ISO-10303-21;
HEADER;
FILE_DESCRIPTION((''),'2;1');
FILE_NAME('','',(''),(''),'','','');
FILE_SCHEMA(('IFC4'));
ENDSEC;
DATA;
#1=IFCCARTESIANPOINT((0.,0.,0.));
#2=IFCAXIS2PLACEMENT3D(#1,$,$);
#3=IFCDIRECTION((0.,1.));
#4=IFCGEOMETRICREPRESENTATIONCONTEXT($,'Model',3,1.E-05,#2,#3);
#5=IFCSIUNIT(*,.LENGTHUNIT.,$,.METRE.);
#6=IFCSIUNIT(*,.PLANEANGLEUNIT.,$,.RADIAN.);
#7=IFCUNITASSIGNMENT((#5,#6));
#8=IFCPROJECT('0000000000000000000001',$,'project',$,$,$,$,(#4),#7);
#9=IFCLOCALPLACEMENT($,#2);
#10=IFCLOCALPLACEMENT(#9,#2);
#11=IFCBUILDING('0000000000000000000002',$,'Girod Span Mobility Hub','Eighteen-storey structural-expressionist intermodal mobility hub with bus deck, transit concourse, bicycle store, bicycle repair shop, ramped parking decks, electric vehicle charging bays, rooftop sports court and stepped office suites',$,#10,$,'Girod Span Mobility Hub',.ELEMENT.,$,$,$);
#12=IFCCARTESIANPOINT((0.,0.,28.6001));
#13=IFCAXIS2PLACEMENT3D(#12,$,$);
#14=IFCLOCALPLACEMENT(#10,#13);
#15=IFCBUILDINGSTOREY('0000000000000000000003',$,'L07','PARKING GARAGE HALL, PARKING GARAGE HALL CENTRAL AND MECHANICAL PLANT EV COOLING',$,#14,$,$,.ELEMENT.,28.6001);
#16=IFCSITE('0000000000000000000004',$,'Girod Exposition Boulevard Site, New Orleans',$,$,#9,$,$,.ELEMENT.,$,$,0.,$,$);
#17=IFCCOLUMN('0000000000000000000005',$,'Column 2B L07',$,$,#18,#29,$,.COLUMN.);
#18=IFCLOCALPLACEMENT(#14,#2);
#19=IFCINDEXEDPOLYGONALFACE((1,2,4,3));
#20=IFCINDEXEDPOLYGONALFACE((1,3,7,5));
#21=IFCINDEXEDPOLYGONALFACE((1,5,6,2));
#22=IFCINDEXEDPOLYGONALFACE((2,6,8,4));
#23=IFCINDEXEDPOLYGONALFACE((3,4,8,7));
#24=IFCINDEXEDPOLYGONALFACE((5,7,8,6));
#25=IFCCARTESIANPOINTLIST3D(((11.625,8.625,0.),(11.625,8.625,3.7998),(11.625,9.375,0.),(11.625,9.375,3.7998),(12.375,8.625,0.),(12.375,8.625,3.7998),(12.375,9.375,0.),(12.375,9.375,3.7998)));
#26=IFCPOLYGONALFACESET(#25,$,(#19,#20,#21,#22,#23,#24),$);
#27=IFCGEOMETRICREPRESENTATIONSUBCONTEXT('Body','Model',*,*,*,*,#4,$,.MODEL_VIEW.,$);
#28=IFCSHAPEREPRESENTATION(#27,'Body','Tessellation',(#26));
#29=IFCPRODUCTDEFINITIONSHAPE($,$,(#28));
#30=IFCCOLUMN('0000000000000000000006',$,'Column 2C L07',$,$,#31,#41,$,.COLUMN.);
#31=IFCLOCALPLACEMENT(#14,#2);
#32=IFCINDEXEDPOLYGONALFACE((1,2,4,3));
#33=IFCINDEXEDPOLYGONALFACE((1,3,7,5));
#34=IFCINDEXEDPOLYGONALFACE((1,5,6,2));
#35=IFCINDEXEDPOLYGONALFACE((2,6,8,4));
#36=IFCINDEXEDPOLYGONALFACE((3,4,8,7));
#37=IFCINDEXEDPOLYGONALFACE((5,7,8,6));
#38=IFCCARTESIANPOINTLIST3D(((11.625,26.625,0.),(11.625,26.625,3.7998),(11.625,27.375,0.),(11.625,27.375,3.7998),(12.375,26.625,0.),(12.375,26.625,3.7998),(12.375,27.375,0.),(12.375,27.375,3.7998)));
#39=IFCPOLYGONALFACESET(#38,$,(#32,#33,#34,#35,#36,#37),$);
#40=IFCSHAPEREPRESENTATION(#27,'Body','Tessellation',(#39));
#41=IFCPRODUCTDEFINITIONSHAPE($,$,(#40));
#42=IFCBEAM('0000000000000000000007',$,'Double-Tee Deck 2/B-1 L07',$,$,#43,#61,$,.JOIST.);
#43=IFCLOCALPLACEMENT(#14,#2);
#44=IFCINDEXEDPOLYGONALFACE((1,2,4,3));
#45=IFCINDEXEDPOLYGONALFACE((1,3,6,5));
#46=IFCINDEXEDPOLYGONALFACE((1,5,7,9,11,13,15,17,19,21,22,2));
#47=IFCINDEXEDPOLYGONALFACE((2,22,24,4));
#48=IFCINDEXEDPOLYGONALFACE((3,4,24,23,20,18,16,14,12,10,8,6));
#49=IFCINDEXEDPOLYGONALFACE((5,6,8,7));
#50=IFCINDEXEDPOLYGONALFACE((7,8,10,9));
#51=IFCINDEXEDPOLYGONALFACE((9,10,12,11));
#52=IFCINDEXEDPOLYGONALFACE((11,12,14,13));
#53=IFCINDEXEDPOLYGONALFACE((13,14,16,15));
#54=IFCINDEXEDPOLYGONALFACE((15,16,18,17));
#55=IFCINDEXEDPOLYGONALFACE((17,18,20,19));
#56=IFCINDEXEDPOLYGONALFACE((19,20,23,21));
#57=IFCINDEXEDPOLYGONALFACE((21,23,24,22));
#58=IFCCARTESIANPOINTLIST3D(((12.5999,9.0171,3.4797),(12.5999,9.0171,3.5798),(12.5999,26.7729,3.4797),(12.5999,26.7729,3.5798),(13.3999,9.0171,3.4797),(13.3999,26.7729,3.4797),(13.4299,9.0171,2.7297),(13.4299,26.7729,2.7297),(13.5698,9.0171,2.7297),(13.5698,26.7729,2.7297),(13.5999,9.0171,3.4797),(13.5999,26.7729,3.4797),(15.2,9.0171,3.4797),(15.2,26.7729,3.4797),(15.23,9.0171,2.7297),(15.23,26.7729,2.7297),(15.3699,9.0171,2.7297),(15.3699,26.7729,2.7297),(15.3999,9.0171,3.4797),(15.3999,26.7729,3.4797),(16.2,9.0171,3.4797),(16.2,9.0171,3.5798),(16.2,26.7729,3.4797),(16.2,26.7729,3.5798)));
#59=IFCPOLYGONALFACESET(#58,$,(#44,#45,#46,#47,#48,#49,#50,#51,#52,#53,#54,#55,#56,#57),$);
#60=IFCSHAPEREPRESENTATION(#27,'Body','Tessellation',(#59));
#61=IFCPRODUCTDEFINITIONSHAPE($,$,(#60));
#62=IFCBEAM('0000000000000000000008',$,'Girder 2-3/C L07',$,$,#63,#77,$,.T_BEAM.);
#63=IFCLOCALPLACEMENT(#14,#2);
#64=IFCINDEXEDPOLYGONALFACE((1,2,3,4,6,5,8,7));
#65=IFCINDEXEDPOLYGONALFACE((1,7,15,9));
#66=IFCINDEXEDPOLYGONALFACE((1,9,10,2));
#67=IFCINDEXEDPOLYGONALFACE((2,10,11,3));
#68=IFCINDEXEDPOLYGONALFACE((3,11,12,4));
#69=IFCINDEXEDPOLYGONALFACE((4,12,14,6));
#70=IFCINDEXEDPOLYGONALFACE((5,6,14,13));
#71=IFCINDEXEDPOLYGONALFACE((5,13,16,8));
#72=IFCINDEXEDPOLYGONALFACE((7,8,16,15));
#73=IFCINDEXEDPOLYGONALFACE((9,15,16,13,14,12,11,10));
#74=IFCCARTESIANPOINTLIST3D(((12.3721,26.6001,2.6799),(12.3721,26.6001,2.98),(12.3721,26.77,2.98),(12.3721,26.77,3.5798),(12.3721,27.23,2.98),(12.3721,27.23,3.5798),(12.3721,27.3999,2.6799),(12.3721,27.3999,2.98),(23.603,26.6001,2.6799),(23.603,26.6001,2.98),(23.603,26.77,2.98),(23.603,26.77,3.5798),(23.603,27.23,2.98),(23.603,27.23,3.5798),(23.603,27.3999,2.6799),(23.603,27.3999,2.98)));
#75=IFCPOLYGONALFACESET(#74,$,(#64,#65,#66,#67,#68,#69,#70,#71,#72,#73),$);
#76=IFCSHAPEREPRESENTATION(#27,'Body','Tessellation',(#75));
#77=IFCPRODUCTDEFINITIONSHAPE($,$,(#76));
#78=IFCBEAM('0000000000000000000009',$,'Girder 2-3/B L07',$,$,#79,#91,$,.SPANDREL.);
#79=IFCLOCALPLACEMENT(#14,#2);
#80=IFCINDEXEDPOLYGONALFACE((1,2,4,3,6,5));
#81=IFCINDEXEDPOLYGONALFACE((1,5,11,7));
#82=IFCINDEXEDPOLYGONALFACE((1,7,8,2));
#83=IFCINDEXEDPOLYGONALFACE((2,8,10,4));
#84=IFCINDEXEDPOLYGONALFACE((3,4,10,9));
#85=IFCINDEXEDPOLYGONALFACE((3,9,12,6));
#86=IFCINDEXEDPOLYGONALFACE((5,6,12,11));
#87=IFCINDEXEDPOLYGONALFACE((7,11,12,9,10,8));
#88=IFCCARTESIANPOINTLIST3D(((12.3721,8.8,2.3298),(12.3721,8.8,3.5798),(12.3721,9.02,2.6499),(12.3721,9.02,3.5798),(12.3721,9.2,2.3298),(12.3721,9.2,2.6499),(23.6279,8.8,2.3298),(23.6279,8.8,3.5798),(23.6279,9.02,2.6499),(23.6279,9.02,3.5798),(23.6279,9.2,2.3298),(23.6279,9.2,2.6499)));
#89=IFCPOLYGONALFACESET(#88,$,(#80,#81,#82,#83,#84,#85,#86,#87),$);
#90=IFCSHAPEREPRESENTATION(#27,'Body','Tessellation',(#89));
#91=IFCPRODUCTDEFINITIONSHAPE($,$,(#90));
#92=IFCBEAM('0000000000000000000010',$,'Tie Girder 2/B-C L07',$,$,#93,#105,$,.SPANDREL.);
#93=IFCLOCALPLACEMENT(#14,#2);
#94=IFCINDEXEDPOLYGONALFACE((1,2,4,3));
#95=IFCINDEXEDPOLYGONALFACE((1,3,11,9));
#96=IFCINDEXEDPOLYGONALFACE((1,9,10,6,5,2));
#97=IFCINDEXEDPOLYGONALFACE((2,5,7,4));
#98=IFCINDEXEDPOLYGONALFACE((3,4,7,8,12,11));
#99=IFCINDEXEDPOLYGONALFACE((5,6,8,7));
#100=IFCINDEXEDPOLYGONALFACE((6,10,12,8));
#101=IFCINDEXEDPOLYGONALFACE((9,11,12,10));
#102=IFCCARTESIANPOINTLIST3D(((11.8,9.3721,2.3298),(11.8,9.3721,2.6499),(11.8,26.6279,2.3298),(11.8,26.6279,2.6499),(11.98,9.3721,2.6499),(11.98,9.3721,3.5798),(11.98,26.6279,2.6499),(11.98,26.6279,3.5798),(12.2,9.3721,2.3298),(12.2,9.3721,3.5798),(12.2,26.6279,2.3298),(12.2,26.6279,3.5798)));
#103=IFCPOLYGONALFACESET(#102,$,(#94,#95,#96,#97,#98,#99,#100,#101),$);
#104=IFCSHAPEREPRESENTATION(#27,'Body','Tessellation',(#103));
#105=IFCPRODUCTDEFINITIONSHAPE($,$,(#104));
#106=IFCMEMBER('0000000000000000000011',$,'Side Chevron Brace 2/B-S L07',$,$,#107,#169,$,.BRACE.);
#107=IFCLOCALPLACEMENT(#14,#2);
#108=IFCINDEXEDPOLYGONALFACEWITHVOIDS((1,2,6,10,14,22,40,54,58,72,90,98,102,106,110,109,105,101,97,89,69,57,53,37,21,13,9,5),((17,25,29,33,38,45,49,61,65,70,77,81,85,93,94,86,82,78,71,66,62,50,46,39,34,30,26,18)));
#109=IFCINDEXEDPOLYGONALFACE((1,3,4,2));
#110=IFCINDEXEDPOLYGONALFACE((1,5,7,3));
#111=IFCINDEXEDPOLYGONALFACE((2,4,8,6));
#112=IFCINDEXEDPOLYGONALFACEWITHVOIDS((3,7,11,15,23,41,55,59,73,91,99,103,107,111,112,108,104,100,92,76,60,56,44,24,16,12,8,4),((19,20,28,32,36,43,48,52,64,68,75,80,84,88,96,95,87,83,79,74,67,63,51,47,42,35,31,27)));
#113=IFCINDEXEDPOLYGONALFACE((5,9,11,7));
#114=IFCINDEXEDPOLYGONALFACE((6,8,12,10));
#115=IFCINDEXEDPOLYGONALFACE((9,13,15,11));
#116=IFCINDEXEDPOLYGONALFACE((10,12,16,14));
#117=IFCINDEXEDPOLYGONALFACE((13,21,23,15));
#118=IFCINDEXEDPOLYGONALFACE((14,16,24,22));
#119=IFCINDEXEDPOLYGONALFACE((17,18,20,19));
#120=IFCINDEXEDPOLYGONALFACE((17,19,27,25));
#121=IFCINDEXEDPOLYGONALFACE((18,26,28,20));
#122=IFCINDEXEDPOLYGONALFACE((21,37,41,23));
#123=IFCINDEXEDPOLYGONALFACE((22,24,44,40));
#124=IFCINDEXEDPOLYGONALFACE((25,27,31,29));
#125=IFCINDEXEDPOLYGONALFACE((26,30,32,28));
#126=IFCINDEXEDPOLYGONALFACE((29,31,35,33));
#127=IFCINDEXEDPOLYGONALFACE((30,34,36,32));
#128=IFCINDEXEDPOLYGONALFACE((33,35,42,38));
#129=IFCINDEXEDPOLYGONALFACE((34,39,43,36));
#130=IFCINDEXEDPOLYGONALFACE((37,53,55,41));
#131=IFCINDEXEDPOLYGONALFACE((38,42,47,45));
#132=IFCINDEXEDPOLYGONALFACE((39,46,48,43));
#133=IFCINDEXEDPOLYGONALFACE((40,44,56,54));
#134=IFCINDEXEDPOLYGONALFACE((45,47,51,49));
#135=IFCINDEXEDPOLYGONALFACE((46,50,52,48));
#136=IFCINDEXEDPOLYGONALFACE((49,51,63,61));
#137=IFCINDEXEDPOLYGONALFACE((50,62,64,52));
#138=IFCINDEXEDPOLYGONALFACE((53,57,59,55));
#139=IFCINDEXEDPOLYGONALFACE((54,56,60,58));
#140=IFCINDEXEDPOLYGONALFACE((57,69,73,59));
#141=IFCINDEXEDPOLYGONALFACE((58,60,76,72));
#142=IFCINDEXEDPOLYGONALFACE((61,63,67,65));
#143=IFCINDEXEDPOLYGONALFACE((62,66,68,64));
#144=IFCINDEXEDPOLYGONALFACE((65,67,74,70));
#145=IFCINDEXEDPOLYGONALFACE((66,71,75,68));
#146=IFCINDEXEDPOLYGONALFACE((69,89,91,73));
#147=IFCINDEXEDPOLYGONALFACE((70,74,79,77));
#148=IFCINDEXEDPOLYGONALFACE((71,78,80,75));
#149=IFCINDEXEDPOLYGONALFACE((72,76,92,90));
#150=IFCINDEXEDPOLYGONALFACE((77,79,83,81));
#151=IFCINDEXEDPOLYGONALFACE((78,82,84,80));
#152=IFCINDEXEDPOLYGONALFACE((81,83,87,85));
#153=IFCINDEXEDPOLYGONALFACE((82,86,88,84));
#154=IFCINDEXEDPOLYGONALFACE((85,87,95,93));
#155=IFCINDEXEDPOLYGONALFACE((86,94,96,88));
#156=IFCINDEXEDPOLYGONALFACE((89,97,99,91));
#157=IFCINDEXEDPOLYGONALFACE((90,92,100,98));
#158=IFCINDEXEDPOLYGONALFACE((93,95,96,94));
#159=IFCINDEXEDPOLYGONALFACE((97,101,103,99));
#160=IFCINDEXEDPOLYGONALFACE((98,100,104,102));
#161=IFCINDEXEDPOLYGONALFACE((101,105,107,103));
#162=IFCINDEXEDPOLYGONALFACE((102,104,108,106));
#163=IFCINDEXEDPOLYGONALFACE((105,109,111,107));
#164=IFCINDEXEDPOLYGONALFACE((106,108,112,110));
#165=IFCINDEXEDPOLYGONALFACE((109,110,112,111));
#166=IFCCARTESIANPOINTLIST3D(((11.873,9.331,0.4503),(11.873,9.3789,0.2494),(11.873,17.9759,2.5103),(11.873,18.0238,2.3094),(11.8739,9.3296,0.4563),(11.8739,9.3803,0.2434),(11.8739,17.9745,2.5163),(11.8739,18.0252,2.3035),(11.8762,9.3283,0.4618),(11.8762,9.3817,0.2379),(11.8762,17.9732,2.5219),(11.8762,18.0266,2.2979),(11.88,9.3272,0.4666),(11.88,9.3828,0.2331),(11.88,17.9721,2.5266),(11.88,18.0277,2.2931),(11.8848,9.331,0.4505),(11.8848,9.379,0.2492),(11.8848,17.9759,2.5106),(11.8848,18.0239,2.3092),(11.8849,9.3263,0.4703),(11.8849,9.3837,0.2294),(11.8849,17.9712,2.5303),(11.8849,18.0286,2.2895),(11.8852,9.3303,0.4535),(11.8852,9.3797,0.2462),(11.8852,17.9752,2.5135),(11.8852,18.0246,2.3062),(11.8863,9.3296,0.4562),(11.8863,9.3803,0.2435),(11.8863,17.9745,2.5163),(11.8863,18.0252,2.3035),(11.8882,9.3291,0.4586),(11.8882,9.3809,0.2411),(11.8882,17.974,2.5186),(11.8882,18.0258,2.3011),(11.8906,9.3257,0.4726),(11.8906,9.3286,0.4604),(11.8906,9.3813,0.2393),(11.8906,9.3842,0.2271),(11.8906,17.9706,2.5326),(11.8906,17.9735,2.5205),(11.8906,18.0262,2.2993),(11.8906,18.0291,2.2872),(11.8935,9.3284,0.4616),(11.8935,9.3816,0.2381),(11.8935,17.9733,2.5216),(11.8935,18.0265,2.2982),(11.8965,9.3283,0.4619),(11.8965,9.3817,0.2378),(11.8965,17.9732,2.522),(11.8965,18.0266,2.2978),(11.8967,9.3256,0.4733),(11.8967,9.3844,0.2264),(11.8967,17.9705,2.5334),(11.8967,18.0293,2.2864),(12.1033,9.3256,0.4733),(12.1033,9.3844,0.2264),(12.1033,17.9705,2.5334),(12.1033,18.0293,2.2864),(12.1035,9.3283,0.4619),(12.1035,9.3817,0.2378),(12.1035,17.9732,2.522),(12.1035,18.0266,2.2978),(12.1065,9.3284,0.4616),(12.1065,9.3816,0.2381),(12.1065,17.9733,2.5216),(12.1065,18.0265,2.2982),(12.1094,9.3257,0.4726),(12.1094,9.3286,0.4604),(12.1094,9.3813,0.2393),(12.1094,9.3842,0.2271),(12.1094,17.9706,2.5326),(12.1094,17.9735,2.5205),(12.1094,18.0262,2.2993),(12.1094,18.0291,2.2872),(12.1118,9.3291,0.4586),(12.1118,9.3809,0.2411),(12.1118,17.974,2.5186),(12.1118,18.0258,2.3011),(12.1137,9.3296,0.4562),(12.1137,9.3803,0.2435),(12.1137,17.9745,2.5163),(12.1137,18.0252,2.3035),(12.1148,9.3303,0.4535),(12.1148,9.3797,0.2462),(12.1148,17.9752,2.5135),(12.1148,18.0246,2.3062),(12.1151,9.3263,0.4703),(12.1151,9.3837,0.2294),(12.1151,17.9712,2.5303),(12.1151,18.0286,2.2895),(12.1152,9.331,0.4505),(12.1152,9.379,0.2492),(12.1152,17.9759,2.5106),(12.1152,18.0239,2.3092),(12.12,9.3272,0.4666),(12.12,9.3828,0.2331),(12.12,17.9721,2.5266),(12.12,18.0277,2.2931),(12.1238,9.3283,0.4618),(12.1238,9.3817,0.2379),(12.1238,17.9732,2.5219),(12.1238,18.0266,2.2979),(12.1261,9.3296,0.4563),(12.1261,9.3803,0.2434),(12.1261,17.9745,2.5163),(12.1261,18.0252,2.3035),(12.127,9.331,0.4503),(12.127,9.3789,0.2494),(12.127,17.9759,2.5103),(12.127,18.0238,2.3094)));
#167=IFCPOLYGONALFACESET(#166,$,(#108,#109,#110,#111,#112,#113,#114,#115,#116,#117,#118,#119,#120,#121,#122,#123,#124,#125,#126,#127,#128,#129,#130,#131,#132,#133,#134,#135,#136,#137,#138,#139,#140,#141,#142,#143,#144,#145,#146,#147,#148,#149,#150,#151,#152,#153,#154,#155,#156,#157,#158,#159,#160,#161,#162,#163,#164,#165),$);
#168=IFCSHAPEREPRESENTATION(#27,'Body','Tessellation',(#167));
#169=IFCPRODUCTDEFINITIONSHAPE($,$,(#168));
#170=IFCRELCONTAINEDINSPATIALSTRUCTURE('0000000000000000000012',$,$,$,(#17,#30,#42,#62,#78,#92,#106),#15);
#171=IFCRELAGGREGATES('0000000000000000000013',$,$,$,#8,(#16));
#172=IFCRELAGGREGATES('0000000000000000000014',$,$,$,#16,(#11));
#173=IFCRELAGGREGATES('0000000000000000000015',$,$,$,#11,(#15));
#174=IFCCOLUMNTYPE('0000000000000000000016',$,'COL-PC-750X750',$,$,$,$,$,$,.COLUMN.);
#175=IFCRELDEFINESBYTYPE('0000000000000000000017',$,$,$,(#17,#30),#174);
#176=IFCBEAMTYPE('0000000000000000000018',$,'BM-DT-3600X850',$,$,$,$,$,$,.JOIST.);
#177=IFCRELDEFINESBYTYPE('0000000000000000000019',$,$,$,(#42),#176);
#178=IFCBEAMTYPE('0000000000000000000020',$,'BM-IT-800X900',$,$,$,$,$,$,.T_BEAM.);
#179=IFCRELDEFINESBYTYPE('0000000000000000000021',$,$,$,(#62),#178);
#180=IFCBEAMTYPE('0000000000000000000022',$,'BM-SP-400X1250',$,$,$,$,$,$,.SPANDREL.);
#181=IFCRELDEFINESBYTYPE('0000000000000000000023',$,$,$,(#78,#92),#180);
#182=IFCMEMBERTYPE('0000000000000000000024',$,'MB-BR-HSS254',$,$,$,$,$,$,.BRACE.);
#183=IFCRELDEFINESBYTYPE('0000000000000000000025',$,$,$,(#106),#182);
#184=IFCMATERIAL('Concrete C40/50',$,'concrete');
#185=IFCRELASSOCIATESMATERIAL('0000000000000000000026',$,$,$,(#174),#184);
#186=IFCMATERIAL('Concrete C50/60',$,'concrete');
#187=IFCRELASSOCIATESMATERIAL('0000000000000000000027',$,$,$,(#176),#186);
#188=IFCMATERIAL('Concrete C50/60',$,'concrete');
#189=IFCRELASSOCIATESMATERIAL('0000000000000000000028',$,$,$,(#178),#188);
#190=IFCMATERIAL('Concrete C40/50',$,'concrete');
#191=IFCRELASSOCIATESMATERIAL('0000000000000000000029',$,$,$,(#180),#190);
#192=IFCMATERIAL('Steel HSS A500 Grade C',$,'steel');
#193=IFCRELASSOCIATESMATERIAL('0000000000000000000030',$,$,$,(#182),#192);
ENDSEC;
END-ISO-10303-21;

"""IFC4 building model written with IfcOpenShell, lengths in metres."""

from ifc_helpers import new_model, si_unit, direction, frame, origin, origin_2d, place, context, subcontext, project, spatial, polyline, rectangle, hollow_rectangle, outline, extrude, material, material_profile, profile_set, type_object, element, save


model = new_model("IFC4")

# Units and contexts
model_context = context("Model", 3, precision=1e-05, world=origin(), true_north=direction((0.0, 1.0)))
body_context = subcontext(model_context, "Body", "Model", "MODEL_VIEW")
ifc_project = project(units=[si_unit("LENGTHUNIT", "METRE"), si_unit("PLANEANGLEUNIT", "RADIAN")], contexts=[model_context])

# Site, building, storey
site_placement = place(None, origin())
site = spatial("IfcSite", under=ifc_project, at=site_placement, Name="Girod Exposition Boulevard Site, New Orleans", CompositionType="ELEMENT", RefElevation=0.0)
building_placement = place(site_placement, origin())
building = spatial("IfcBuilding", under=site, at=building_placement, Name="Girod Span Mobility Hub", Description="Eighteen-storey structural-expressionist intermodal mobility hub with bus deck, transit concourse, bicycle store, bicycle repair shop, ramped parking decks, electric vehicle charging bays, rooftop sports court and stepped office suites", LongName="Girod Span Mobility Hub", CompositionType="ELEMENT")
storey_placement = place(building_placement, frame((0.0, 0.0, 28.6001)))
storey = spatial("IfcBuildingStorey", under=building, at=storey_placement, Name="L07", Description="PARKING GARAGE HALL, PARKING GARAGE HALL CENTRAL AND MECHANICAL PLANT EV COOLING", CompositionType="ELEMENT", Elevation=28.6001)

# Columns
ifc_material_1 = material(Name="Concrete C40/50", Category="concrete")
ifc_material_profile_1 = material_profile(ifc_material_1, rectangle(XDim=0.75, YDim=0.75, at=origin_2d()), Name="PC-COL-750X750")
ifc_profile_set_1 = profile_set([ifc_material_profile_1], Name="Concrete C40/50")
column_type = type_object("IfcColumnType", Name="COL-PC-750X750", PredefinedType="COLUMN", material=ifc_profile_set_1)
for number, where, z_axis, x_axis, name in (
    (1, (12.0, 9.0, 0.0), (0.0, 0.0, 1.0), (1.0, 0.0, 0.0), "Column 2B L07"),
    (2, (12.0, 27.0, 0.0), (0.0, 0.0, 1.0), (1.0, 0.0, 0.0), "Column 2C L07"),
):
    element("IfcColumn", number, at=place(storey_placement, frame(where, z_axis=z_axis, x_axis=x_axis)), inside=storey, type_object=column_type, Name=name, PredefinedType="COLUMN", context=body_context, shape_type="SweptSolid", body=[
        extrude(rectangle(XDim=0.75, YDim=0.75, at=origin_2d()), origin(), (0.0, 0.0, 1.0), 3.7998),
    ])

# Beams
ifc_material_2 = material(Name="Concrete C50/60", Category="concrete")
ifc_material_profile_2 = material_profile(ifc_material_2, outline(polyline([(-1.8, 0.425), (-1.8, 0.325), (-1.0, 0.325), (-0.97, -0.425), (-0.8301, -0.425), (-0.8, 0.325), (0.8, 0.325), (0.8301, -0.425), (0.97, -0.425), (1.0, 0.325), (1.8, 0.325), (1.8, 0.425), (-1.8, 0.425)])), Name="DT-3600X850")
ifc_profile_set_2 = profile_set([ifc_material_profile_2], Name="Concrete C50/60")
beam_type_1 = type_object("IfcBeamType", Name="BM-DT-3600X850", PredefinedType="JOIST", material=ifc_profile_set_2)
beam_1_placement = place(storey_placement, frame((14.3999, 9.0171, 3.1548), z_axis=(0.0, 1.0, 0.0), x_axis=(-1.0, 0.0, 0.0)))
element("IfcBeam", 3, at=beam_1_placement, inside=storey, type_object=beam_type_1, Name="Double-Tee Deck 2/B-1 L07", PredefinedType="JOIST", context=body_context, shape_type="SweptSolid", body=[
    extrude(outline(polyline([(-1.8, 0.425), (-1.8, 0.325), (-1.0, 0.325), (-0.97, -0.425), (-0.8301, -0.425), (-0.8, 0.325), (0.8, 0.325), (0.8301, -0.425), (0.97, -0.425), (1.0, 0.325), (1.8, 0.325), (1.8, 0.425), (-1.8, 0.425)])), origin(), (0.0, 0.0, 1.0), 17.7559),
])
ifc_material_3 = material(Name="Concrete C50/60", Category="concrete")
ifc_material_profile_3 = material_profile(ifc_material_3, outline(polyline([(-0.3999, -0.45), (0.3999, -0.45), (0.3999, -0.1499), (0.23, -0.1499), (0.23, 0.45), (-0.23, 0.45), (-0.23, -0.1499), (-0.3999, -0.1499), (-0.3999, -0.45)])), Name="IT-800X900")
ifc_profile_set_3 = profile_set([ifc_material_profile_3], Name="Concrete C50/60")
beam_type_2 = type_object("IfcBeamType", Name="BM-IT-800X900", PredefinedType="T_BEAM", material=ifc_profile_set_3)
beam_2_placement = place(storey_placement, frame((12.3721, 27.0, 3.1299), z_axis=(1.0, 0.0, 0.0), x_axis=(0.0, 1.0, 0.0)))
element("IfcBeam", 4, at=beam_2_placement, inside=storey, type_object=beam_type_2, Name="Girder 2-3/C L07", PredefinedType="T_BEAM", context=body_context, shape_type="SweptSolid", body=[
    extrude(outline(polyline([(-0.3999, -0.45), (0.3999, -0.45), (0.3999, -0.1499), (0.23, -0.1499), (0.23, 0.45), (-0.23, 0.45), (-0.23, -0.1499), (-0.3999, -0.1499), (-0.3999, -0.45)])), origin(), (0.0, 0.0, 1.0), 11.231),
])
ifc_material_4 = material(Name="Concrete C40/50", Category="concrete")
ifc_material_profile_4 = material_profile(ifc_material_4, outline(polyline([(-0.2, -0.625), (0.2, -0.625), (0.2, -0.3049), (0.02, -0.3049), (0.02, 0.625), (-0.2, 0.625), (-0.2, -0.625)])), Name="SP-400X1250")
ifc_profile_set_4 = profile_set([ifc_material_profile_4], Name="Concrete C40/50")
beam_type_3 = type_object("IfcBeamType", Name="BM-SP-400X1250", PredefinedType="SPANDREL", material=ifc_profile_set_4)
beam_3_placement = place(storey_placement, frame((12.3721, 9.0, 2.9548), z_axis=(1.0, 0.0, 0.0), x_axis=(0.0, 1.0, 0.0)))
element("IfcBeam", 5, at=beam_3_placement, inside=storey, type_object=beam_type_3, Name="Girder 2-3/B L07", PredefinedType="SPANDREL", context=body_context, shape_type="SweptSolid", body=[
    extrude(outline(polyline([(-0.2, -0.625), (0.2, -0.625), (0.2, -0.3049), (0.02, -0.3049), (0.02, 0.625), (-0.2, 0.625), (-0.2, -0.625)])), origin(), (0.0, 0.0, 1.0), 11.2559),
])
beam_4_placement = place(storey_placement, frame((12.0, 9.3721, 2.9548), z_axis=(0.0, 1.0, 0.0), x_axis=(-1.0, 0.0, 0.0)))
element("IfcBeam", 6, at=beam_4_placement, inside=storey, type_object=beam_type_3, Name="Tie Girder 2/B-C L07", PredefinedType="SPANDREL", context=body_context, shape_type="SweptSolid", body=[
    extrude(outline(polyline([(-0.2, -0.625), (0.2, -0.625), (0.2, -0.3049), (0.02, -0.3049), (0.02, 0.625), (-0.2, 0.625), (-0.2, -0.625)])), origin(), (0.0, 0.0, 1.0), 17.2559),
])

# Member
ifc_material_5 = material(Name="Steel HSS A500 Grade C", Category="steel")
ifc_material_profile_5 = material_profile(ifc_material_5, hollow_rectangle(XDim=0.2539, YDim=0.2539, WallThickness=0.0117, InnerFilletRadius=0.0117, OuterFilletRadius=0.0237, at=origin_2d()), Name="HSS254X254X12.7")
ifc_profile_set_5 = profile_set([ifc_material_profile_5], Name="Steel HSS A500 Grade C")
member_type = type_object("IfcMemberType", Name="MB-BR-HSS254", PredefinedType="BRACE", material=ifc_profile_set_5)
for number, where, z_axis, x_axis, name in (
    (7, (12.0, 9.355, 0.3499), (0.0, 0.972763, 0.231804), (-1.0, 0.0, 0.0), "Side Chevron Brace 2/B-S L07"),
):
    element("IfcMember", number, at=place(storey_placement, frame(where, z_axis=z_axis, x_axis=x_axis)), inside=storey, type_object=member_type, Name=name, PredefinedType="BRACE", context=body_context, shape_type="SweptSolid", body=[
        extrude(hollow_rectangle(XDim=0.2539, YDim=0.2539, WallThickness=0.0117, InnerFilletRadius=0.0117, OuterFilletRadius=0.0237, at=origin_2d()), origin(), (0.0, 0.0, 1.0), 8.887),
    ])

save(model, "model.ifc")
